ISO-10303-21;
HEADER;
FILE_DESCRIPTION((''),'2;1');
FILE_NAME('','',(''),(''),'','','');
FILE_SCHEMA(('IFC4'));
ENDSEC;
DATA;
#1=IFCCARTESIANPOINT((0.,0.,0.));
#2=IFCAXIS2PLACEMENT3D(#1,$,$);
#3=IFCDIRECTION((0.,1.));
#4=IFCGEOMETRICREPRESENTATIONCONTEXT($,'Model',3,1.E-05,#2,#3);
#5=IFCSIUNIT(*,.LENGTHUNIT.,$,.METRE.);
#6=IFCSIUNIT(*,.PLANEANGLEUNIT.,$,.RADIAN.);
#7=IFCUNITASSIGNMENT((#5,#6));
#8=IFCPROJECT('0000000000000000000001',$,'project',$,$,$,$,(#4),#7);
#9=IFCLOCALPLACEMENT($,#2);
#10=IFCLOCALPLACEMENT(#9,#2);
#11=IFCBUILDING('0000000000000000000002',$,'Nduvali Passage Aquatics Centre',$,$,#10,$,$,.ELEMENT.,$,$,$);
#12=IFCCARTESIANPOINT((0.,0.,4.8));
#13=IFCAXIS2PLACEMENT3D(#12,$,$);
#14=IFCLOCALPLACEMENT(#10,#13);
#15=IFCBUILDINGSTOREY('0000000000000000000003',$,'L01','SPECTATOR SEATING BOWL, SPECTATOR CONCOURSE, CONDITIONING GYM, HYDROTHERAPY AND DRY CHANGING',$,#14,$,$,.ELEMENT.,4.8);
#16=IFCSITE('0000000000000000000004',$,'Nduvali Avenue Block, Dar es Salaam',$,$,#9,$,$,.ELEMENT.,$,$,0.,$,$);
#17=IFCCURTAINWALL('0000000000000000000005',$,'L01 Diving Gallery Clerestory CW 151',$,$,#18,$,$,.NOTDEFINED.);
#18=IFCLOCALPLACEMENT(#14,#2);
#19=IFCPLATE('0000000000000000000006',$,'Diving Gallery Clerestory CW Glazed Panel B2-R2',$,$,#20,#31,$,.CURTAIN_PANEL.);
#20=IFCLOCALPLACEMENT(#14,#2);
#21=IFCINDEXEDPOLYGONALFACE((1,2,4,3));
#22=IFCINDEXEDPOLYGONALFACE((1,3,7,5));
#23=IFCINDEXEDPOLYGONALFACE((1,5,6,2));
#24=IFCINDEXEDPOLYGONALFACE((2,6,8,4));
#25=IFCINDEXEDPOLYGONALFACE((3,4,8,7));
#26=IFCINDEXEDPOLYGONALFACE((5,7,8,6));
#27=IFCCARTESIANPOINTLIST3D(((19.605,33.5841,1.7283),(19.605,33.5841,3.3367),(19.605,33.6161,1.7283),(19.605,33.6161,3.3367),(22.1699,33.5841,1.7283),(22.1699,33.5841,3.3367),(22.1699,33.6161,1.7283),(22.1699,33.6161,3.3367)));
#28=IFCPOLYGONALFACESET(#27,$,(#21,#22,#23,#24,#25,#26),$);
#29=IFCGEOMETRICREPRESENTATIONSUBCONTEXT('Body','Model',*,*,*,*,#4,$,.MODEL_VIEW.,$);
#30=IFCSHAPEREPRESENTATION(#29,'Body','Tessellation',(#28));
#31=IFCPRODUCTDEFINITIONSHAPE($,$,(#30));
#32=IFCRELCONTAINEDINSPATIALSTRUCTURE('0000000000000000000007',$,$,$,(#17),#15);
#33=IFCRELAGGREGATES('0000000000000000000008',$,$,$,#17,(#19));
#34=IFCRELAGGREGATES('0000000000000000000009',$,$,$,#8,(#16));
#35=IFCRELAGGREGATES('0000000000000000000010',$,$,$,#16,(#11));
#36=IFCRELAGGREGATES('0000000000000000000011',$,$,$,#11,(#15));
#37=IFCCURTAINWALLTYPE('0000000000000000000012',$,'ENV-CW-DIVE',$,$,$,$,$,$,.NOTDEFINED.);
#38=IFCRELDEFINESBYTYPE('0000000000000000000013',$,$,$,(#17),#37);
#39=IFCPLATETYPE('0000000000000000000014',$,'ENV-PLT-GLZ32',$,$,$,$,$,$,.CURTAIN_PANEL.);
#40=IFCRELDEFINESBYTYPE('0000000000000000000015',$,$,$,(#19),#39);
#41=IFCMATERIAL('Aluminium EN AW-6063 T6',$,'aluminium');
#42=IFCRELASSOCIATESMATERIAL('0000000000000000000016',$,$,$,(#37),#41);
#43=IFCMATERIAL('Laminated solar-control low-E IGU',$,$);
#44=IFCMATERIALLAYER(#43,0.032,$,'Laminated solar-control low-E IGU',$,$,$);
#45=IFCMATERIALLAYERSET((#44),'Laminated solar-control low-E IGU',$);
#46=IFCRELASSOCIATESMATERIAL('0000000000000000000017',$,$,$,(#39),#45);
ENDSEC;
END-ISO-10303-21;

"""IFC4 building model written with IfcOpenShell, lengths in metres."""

from ifc_helpers import new_model, si_unit, direction, frame, origin, origin_2d, place, context, subcontext, project, spatial, rectangle, extrude, material, layer, layer_set, type_object, element, aggregate, save


model = new_model("IFC4")

# Units and contexts
model_context = context("Model", 3, precision=1e-05, world=origin(), true_north=direction((0.0, 1.0)))
body_context = subcontext(model_context, "Body", "Model", "MODEL_VIEW")
ifc_project = project(units=[si_unit("LENGTHUNIT", "METRE"), si_unit("PLANEANGLEUNIT", "RADIAN")], contexts=[model_context])

# Site, building, storey
site_placement = place(None, origin())
site = spatial("IfcSite", under=ifc_project, at=site_placement, Name="Nduvali Avenue Block, Dar es Salaam", CompositionType="ELEMENT", RefElevation=0.0)
building_placement = place(site_placement, origin())
building = spatial("IfcBuilding", under=site, at=building_placement, Name="Nduvali Passage Aquatics Centre", CompositionType="ELEMENT")
storey_placement = place(building_placement, frame((0.0, 0.0, 4.8)))
storey = spatial("IfcBuildingStorey", under=building, at=storey_placement, Name="L01", Description="SPECTATOR SEATING BOWL, SPECTATOR CONCOURSE, CONDITIONING GYM, HYDROTHERAPY AND DRY CHANGING", CompositionType="ELEMENT", Elevation=4.8)

# Shared definitions
ifc_material_1 = material(Name="Aluminium EN AW-6063 T6", Category="aluminium")
curtain_wall_type = type_object("IfcCurtainWallType", Name="ENV-CW-DIVE", PredefinedType="NOTDEFINED", material=ifc_material_1)

# Curtain wall
curtain_wall_1_placement = place(storey_placement, origin())
curtain_wall_1 = element("IfcCurtainWall", 1, at=curtain_wall_1_placement, inside=storey, type_object=curtain_wall_type, Name="L01 Diving Gallery Clerestory CW 151", PredefinedType="NOTDEFINED")

# Plate
ifc_material_2 = material(Name="Laminated solar-control low-E IGU")
ifc_layer = layer(ifc_material_2, 0.032, Name="Laminated solar-control low-E IGU")
ifc_layer_set = layer_set([ifc_layer], Name="Laminated solar-control low-E IGU")
plate_type = type_object("IfcPlateType", Name="ENV-PLT-GLZ32", PredefinedType="CURTAIN_PANEL", material=ifc_layer_set)
plate_1_placement = place(storey_placement, frame((20.8875, 33.6001, 1.7283), z_axis=(0.0, 0.0, 1.0), x_axis=(1.0, 0.0, 0.0)))
plate_1 = element("IfcPlate", 2, at=plate_1_placement, type_object=plate_type, Name="Diving Gallery Clerestory CW Glazed Panel B2-R2", PredefinedType="CURTAIN_PANEL", context=body_context, shape_type="SweptSolid", body=[
    extrude(rectangle(XDim=2.5649, YDim=0.032, at=origin_2d()), origin(), (0.0, 0.0, 1.0), 1.6084),
])
aggregate(curtain_wall_1, [plate_1])

save(model, "model.ifc")
